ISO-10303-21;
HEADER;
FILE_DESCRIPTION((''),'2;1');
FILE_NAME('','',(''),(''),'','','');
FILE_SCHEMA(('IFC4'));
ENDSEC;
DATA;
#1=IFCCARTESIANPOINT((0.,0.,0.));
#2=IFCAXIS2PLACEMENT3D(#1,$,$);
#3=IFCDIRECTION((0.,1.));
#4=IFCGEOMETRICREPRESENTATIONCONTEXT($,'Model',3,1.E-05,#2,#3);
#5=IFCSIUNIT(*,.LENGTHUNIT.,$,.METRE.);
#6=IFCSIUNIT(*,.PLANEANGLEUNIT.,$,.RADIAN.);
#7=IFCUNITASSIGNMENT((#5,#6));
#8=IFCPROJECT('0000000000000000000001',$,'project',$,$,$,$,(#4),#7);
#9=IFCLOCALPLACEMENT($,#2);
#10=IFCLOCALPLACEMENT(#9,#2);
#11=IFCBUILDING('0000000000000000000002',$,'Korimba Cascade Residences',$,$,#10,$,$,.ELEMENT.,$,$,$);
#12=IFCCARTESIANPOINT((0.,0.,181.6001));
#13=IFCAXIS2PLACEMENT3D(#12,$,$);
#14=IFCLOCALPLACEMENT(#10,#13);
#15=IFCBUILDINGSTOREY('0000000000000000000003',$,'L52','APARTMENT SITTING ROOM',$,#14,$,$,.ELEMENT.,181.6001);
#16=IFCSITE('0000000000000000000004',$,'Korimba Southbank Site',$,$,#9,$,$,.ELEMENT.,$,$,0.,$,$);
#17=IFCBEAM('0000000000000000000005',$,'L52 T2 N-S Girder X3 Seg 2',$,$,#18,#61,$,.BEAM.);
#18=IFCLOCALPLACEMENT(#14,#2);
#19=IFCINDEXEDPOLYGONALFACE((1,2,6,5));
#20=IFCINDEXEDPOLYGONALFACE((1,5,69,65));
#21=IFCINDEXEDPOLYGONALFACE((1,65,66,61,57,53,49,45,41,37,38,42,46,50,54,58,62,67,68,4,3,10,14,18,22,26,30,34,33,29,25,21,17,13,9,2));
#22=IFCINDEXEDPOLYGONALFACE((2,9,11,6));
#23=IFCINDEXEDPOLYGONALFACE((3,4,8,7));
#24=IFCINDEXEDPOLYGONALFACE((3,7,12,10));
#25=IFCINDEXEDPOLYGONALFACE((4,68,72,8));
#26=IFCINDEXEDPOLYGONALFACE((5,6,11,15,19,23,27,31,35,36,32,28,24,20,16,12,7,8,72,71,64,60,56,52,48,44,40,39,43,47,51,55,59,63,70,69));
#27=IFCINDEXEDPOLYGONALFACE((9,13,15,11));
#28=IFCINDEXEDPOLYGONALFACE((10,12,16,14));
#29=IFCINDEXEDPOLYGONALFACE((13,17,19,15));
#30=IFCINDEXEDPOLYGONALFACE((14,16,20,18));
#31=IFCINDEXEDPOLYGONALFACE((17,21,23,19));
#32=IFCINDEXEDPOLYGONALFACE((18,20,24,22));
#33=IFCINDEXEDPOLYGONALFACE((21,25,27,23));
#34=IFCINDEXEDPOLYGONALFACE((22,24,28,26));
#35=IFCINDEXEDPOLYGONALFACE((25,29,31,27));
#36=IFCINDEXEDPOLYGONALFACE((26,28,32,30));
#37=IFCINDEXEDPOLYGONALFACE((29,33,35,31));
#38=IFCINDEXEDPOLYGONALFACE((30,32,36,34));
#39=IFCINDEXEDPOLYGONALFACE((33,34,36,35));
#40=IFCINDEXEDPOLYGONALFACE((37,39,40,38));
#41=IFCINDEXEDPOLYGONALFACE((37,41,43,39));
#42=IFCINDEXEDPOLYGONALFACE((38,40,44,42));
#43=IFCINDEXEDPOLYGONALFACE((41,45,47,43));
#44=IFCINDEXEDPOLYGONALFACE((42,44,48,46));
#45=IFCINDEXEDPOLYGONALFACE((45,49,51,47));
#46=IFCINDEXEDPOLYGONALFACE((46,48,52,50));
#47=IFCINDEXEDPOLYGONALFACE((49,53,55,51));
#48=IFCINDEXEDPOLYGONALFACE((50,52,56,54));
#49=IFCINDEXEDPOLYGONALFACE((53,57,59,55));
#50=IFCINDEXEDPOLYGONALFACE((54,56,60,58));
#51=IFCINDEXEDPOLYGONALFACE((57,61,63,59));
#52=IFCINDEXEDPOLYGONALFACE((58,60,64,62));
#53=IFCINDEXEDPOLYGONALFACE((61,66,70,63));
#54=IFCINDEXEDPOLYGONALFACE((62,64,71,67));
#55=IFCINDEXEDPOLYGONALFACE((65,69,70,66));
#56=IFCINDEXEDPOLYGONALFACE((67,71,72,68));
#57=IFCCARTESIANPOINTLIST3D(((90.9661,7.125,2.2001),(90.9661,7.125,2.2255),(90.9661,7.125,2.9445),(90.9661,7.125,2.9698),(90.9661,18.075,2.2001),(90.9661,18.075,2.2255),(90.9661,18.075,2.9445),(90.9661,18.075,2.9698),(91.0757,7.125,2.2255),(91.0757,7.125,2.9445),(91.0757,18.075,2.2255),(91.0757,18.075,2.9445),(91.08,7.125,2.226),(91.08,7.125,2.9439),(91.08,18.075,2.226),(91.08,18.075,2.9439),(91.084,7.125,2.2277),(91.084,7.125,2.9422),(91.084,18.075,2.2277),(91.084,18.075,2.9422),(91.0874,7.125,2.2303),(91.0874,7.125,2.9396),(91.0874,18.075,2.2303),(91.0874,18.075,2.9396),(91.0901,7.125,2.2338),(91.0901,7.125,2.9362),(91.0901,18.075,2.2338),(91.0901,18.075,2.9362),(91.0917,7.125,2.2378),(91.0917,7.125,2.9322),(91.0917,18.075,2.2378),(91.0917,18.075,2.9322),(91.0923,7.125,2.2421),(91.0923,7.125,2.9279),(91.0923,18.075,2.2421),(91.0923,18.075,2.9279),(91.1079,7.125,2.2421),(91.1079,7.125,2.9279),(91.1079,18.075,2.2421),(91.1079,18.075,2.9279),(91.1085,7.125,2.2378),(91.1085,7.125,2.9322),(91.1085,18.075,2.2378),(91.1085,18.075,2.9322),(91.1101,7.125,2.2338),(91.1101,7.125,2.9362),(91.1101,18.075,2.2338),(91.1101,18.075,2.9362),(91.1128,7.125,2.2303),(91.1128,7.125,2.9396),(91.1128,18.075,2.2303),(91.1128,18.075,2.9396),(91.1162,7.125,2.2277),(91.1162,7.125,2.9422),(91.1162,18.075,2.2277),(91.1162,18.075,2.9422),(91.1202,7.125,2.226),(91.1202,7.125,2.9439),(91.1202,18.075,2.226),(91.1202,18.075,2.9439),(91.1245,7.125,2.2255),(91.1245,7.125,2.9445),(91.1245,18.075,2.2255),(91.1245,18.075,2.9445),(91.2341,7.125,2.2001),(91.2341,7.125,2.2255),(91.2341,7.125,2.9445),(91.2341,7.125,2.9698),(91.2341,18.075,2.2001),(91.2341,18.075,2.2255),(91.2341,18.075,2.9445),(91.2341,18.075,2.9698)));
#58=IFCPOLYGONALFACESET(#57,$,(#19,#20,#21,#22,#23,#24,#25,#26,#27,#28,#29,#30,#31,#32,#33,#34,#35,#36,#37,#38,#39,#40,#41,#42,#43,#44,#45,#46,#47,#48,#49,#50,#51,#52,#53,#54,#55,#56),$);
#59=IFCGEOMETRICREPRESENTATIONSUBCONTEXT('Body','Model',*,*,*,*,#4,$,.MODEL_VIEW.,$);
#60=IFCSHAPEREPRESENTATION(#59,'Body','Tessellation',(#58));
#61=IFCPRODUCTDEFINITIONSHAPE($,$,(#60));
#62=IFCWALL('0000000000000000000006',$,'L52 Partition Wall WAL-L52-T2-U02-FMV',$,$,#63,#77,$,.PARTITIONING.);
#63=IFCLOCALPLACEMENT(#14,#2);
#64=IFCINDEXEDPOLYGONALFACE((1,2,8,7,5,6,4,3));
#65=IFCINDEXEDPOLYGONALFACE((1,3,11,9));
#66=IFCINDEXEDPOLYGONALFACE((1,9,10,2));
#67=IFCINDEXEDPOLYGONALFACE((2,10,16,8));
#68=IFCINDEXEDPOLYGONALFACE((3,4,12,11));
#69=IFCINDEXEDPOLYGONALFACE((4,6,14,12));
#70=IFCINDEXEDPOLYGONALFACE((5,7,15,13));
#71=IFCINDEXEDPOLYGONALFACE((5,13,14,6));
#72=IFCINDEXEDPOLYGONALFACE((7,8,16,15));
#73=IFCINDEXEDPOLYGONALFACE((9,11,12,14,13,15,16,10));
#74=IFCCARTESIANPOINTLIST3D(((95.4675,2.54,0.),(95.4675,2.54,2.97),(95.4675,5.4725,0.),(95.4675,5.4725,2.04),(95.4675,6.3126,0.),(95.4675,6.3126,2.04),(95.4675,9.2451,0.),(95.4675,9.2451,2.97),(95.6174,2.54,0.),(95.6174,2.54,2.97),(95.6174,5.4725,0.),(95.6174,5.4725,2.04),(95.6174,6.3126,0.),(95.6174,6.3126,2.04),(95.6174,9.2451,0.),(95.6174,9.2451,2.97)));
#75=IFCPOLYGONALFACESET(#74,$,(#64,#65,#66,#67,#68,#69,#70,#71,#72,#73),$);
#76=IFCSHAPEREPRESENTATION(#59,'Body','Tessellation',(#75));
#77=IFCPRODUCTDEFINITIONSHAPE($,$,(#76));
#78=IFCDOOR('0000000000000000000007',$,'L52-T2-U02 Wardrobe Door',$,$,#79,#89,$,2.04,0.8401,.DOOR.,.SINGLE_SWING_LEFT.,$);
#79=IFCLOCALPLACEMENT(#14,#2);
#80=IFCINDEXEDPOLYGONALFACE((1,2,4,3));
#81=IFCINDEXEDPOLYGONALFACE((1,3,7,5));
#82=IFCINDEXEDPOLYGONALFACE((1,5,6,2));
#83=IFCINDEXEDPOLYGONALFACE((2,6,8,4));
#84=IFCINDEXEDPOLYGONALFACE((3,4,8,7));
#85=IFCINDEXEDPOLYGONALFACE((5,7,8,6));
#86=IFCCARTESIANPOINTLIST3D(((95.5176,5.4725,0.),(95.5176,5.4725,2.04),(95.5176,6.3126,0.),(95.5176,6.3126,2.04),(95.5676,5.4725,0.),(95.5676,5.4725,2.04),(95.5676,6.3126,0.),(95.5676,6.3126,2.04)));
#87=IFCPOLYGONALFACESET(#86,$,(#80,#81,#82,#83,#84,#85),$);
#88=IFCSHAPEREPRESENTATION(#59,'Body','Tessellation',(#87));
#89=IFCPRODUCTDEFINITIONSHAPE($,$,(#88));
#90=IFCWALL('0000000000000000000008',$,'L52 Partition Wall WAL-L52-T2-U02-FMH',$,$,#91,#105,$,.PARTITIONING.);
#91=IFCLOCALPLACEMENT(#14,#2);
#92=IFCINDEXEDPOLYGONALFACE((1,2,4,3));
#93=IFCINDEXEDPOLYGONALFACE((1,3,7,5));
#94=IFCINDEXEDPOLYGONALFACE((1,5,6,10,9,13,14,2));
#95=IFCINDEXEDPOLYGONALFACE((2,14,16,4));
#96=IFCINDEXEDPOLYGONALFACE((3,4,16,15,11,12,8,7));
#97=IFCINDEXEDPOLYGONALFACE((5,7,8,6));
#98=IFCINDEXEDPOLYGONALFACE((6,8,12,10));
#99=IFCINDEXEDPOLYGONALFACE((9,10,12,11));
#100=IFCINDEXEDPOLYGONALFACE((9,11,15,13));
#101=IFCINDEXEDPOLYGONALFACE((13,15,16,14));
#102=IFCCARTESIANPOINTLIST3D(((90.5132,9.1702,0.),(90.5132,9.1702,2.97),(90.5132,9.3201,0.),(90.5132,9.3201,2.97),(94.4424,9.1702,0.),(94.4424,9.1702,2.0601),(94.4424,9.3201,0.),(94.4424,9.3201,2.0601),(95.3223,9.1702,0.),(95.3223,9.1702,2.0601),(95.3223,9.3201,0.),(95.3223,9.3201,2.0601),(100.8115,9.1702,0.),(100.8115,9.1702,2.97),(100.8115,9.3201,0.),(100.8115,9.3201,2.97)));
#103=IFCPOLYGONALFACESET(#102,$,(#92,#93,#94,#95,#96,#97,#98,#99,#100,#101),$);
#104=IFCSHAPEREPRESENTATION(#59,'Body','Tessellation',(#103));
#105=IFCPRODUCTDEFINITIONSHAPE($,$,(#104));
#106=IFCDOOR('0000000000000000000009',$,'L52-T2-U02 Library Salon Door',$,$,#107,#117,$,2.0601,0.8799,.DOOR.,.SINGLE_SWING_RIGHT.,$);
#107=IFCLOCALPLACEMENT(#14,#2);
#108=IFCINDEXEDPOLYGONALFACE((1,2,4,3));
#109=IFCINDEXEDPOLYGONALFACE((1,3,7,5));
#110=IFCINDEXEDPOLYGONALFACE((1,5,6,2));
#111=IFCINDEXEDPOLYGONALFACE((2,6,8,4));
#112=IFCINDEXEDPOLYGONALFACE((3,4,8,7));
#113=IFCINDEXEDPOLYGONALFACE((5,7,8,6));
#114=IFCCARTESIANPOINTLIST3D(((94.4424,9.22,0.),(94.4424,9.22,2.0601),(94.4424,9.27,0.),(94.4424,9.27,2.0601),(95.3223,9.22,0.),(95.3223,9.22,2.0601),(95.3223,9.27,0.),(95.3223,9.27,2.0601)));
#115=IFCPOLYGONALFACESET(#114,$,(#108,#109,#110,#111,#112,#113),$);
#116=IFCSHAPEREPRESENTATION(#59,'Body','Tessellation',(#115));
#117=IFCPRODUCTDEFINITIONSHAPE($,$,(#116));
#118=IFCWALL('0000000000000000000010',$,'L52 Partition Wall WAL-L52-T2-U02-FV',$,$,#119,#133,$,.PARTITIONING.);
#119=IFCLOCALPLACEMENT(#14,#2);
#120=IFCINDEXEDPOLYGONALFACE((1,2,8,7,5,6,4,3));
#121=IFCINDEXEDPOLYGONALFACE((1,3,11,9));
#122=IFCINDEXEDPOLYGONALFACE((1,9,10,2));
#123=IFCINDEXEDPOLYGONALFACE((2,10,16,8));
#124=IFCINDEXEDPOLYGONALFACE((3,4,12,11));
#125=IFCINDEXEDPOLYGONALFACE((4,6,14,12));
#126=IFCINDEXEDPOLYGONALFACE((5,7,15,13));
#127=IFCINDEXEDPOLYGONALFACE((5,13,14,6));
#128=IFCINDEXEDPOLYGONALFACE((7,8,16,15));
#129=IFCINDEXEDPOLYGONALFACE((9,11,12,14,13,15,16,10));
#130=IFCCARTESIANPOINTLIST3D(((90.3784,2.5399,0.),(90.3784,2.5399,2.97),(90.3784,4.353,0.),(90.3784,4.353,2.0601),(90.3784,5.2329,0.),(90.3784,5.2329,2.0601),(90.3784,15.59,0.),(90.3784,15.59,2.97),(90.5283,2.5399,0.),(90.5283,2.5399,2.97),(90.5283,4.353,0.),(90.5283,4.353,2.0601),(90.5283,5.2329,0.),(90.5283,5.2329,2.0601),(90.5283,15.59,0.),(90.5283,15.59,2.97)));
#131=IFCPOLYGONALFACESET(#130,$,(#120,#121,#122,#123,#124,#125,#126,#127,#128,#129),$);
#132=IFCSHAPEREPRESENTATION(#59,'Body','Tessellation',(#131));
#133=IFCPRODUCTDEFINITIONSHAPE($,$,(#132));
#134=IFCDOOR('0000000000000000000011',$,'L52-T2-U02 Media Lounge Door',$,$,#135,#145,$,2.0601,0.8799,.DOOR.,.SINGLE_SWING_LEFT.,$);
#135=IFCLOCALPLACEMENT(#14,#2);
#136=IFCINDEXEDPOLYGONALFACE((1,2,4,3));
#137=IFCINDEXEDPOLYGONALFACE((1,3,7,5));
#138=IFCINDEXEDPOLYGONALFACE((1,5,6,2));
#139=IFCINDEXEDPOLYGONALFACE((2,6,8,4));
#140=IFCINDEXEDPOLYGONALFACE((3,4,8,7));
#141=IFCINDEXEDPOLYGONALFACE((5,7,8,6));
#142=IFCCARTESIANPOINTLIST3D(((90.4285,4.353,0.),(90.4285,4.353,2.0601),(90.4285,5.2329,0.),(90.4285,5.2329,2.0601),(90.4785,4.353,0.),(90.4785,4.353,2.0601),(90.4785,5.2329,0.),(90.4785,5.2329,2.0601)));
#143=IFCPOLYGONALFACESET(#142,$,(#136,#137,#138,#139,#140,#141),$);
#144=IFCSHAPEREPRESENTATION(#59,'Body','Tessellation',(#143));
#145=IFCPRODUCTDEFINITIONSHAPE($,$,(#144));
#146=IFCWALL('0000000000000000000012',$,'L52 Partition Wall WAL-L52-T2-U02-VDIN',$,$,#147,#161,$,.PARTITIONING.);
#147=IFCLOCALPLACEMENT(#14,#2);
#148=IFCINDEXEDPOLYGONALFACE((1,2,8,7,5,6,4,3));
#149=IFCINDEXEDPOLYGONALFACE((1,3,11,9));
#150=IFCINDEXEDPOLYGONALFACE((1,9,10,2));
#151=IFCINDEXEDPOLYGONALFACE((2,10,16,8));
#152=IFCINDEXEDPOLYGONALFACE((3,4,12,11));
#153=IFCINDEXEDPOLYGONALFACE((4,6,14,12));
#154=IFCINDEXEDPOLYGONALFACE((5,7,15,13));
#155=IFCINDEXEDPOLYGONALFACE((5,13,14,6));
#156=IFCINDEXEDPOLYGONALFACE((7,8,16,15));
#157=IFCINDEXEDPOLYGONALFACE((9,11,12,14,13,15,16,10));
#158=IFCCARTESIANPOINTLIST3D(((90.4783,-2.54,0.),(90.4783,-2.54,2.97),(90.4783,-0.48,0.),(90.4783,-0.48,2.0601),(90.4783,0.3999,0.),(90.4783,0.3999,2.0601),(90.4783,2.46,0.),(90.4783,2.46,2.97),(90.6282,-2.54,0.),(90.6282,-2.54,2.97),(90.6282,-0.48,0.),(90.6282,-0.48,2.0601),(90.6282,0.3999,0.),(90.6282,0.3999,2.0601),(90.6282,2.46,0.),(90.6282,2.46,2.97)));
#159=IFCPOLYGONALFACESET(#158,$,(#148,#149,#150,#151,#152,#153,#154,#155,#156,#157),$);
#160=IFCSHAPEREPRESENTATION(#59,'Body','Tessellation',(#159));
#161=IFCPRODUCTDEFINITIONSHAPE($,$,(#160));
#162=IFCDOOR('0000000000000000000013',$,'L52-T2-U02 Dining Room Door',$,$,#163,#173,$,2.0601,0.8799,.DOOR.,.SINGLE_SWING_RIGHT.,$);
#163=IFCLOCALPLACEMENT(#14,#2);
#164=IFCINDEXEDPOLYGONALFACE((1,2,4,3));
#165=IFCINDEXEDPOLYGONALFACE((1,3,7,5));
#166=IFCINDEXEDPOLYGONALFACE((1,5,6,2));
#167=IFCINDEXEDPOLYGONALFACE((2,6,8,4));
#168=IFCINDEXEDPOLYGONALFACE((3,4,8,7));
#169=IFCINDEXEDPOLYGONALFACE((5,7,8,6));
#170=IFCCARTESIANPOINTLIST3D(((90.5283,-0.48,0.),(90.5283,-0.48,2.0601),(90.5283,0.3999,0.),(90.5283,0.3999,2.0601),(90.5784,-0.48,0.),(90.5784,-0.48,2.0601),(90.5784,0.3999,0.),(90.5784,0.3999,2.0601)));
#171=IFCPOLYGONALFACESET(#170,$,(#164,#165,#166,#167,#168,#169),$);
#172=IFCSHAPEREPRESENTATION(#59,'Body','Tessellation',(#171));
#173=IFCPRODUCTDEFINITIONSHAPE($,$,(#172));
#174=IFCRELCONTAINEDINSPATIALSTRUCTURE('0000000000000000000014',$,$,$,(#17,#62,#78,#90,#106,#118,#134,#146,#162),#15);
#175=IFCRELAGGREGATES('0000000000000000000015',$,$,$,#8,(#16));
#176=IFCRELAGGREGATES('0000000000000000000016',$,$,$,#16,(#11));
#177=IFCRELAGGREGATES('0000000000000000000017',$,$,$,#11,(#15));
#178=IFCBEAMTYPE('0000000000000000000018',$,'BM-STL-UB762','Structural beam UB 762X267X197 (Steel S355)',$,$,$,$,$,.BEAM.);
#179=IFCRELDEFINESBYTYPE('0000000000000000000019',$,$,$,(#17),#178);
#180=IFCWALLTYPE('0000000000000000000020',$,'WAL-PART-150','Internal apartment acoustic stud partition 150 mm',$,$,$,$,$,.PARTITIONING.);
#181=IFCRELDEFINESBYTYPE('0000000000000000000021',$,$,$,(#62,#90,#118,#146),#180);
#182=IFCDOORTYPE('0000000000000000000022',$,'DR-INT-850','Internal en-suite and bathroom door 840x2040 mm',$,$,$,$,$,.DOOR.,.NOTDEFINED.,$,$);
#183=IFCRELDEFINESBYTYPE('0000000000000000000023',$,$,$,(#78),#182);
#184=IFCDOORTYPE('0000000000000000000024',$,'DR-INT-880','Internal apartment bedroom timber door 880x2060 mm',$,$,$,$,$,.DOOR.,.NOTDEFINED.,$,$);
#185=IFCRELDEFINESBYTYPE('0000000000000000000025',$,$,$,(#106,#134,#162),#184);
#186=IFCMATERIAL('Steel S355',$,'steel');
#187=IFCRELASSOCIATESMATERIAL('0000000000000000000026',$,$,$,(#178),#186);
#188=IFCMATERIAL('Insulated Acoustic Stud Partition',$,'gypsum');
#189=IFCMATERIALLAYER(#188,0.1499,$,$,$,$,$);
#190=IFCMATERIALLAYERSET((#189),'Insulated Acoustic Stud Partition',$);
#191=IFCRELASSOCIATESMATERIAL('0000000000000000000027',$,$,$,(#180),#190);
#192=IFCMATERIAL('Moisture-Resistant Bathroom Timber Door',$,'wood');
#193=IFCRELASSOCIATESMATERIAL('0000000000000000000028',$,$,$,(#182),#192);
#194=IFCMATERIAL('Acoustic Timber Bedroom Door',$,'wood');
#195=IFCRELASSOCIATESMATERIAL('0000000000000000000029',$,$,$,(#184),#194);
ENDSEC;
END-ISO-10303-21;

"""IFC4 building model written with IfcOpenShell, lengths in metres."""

from ifc_helpers import new_model, si_unit, direction, frame, frame_2d, origin, origin_2d, place, context, subcontext, project, spatial, rectangle, i_section, extrude, material, layer, layer_set, material_profile, profile_set, type_object, element, fill, save


model = new_model("IFC4")

# Units and contexts
model_context = context("Model", 3, precision=1e-05, world=origin(), true_north=direction((0.0, 1.0)))
body_context = subcontext(model_context, "Body", "Model", "MODEL_VIEW")
ifc_project = project(units=[si_unit("LENGTHUNIT", "METRE"), si_unit("PLANEANGLEUNIT", "RADIAN")], contexts=[model_context])

# Site, building, storey
site_placement = place(None, origin())
site = spatial("IfcSite", under=ifc_project, at=site_placement, Name="Korimba Southbank Site", CompositionType="ELEMENT", RefElevation=0.0)
building_placement = place(site_placement, origin())
building = spatial("IfcBuilding", under=site, at=building_placement, Name="Korimba Cascade Residences", CompositionType="ELEMENT")
storey_placement = place(building_placement, frame((0.0, 0.0, 181.6001)))
storey = spatial("IfcBuildingStorey", under=building, at=storey_placement, Name="L52", Description="APARTMENT SITTING ROOM", CompositionType="ELEMENT", Elevation=181.6001)

# Beam
ifc_material_1 = material(Name="Steel S355", Category="steel")
ifc_material_profile_1 = material_profile(ifc_material_1, i_section(OverallWidth=0.2681, OverallDepth=0.7698, WebThickness=0.0156, FlangeThickness=0.0254, FilletRadius=0.0166, at=origin_2d()), Name="Steel S355")
ifc_profile_set_1 = profile_set([ifc_material_profile_1], Name="Steel S355")
beam_type_1 = type_object("IfcBeamType", Name="BM-STL-UB762", Description="Structural beam UB 762X267X197 (Steel S355)", PredefinedType="BEAM", material=ifc_profile_set_1)
for number, where, z_axis, x_axis, name in (
    (1, (91.1001, 7.125, 2.585), (0.0, 1.0, 0.0), (-1.0, 0.0, 0.0), "L52 T2 N-S Girder X3 Seg 2"),
):
    element("IfcBeam", number, at=place(storey_placement, frame(where, z_axis=z_axis, x_axis=x_axis)), inside=storey, type_object=beam_type_1, Name=name, PredefinedType="BEAM", context=body_context, shape_type="SweptSolid", body=[
        extrude(i_section(OverallWidth=0.2681, OverallDepth=0.7698, WebThickness=0.0156, FlangeThickness=0.0254, FilletRadius=0.0166, at=origin_2d()), origin(), (0.0, 0.0, 1.0), 10.95),
    ])

# Walls, openings, doors
ifc_material_2 = material(Name="Insulated Acoustic Stud Partition", Category="gypsum")
ifc_layer = layer(ifc_material_2, 0.1499)
ifc_layer_set = layer_set([ifc_layer], Name="Insulated Acoustic Stud Partition")
wall_type = type_object("IfcWallType", Name="WAL-PART-150", Description="Internal apartment acoustic stud partition 150 mm", PredefinedType="PARTITIONING", material=ifc_layer_set)
wall_1_placement = place(storey_placement, frame((95.5425, 2.54, 0.0), z_axis=(0.0, 0.0, 1.0), x_axis=(0.0, 1.0, 0.0)))
wall_1 = element("IfcWall", 2, at=wall_1_placement, inside=storey, type_object=wall_type, Name="L52 Partition Wall WAL-L52-T2-U02-FMV", PredefinedType="PARTITIONING", context=body_context, shape_type="SweptSolid", body=[
    extrude(rectangle(XDim=6.7051, YDim=0.1499, at=frame_2d((3.3525, 0.0))), origin(), (0.0, 0.0, 1.0), 2.97),
])
opening_1_placement = place(wall_1_placement, frame((2.9326, 0.0, 0.0)))
opening_1 = element("IfcOpeningElement", 3, at=opening_1_placement, cuts=wall_1, PredefinedType="OPENING", context=body_context, shape_type="SweptSolid", body=[
    extrude(rectangle(XDim=0.8401, YDim=2.04, at=frame_2d((0.4199, 1.02))), frame((0.0, 0.085, 0.0), z_axis=(0.0, -1.0, 0.0), x_axis=(1.0, 0.0, 0.0)), (0.0, 0.0, 1.0), 0.1699),
])
ifc_material_3 = material(Name="Moisture-Resistant Bathroom Timber Door", Category="wood")
door_type_1 = type_object("IfcDoorType", Name="DR-INT-850", Description="Internal en-suite and bathroom door 840x2040 mm", OperationType="NOTDEFINED", PredefinedType="DOOR", material=ifc_material_3)
door_1_placement = place(opening_1_placement, origin())
door_1 = element("IfcDoor", 4, at=door_1_placement, inside=storey, type_object=door_type_1, Name="L52-T2-U02 Wardrobe Door", OperationType="SINGLE_SWING_LEFT", OverallHeight=2.04, OverallWidth=0.8401, PredefinedType="DOOR", context=body_context, shape_type="SweptSolid", body=[
    extrude(rectangle(XDim=0.8401, YDim=2.04, at=frame_2d((0.4199, 1.02))), frame((0.0, 0.0249, 0.0), z_axis=(0.0, -1.0, 0.0), x_axis=(1.0, 0.0, 0.0)), (0.0, 0.0, 1.0), 0.05),
])
fill(opening_1, door_1)
wall_2_placement = place(storey_placement, frame((90.5132, 9.2451, 0.0), z_axis=(0.0, 0.0, 1.0), x_axis=(1.0, 0.0, 0.0)))
wall_2 = element("IfcWall", 5, at=wall_2_placement, inside=storey, type_object=wall_type, Name="L52 Partition Wall WAL-L52-T2-U02-FMH", PredefinedType="PARTITIONING", context=body_context, shape_type="SweptSolid", body=[
    extrude(rectangle(XDim=10.2983, YDim=0.1499, at=frame_2d((5.1492, 0.0))), origin(), (0.0, 0.0, 1.0), 2.97),
])
opening_2_placement = place(wall_2_placement, frame((3.9292, 0.0, 0.0)))
opening_2 = element("IfcOpeningElement", 6, at=opening_2_placement, cuts=wall_2, PredefinedType="OPENING", context=body_context, shape_type="SweptSolid", body=[
    extrude(rectangle(XDim=0.8799, YDim=2.0601, at=frame_2d((0.4399, 1.03))), frame((0.0, 0.085, 0.0), z_axis=(0.0, -1.0, 0.0), x_axis=(1.0, 0.0, 0.0)), (0.0, 0.0, 1.0), 0.1699),
])
ifc_material_4 = material(Name="Acoustic Timber Bedroom Door", Category="wood")
door_type_2 = type_object("IfcDoorType", Name="DR-INT-880", Description="Internal apartment bedroom timber door 880x2060 mm", OperationType="NOTDEFINED", PredefinedType="DOOR", material=ifc_material_4)
door_2_placement = place(opening_2_placement, origin())
door_2 = element("IfcDoor", 7, at=door_2_placement, inside=storey, type_object=door_type_2, Name="L52-T2-U02 Library Salon Door", OperationType="SINGLE_SWING_RIGHT", OverallHeight=2.0601, OverallWidth=0.8799, PredefinedType="DOOR", context=body_context, shape_type="SweptSolid", body=[
    extrude(rectangle(XDim=0.8799, YDim=2.0601, at=frame_2d((0.4399, 1.03))), frame((0.0, 0.0249, 0.0), z_axis=(0.0, -1.0, 0.0), x_axis=(1.0, 0.0, 0.0)), (0.0, 0.0, 1.0), 0.05),
])
fill(opening_2, door_2)
wall_3_placement = place(storey_placement, frame((90.4534, 2.54, 0.0), z_axis=(0.0, 0.0, 1.0), x_axis=(0.0, 1.0, 0.0)))
wall_3 = element("IfcWall", 8, at=wall_3_placement, inside=storey, type_object=wall_type, Name="L52 Partition Wall WAL-L52-T2-U02-FV", PredefinedType="PARTITIONING", context=body_context, shape_type="SweptSolid", body=[
    extrude(rectangle(XDim=13.05, YDim=0.1499, at=frame_2d((6.5249, 0.0))), origin(), (0.0, 0.0, 1.0), 2.97),
])
opening_3_placement = place(wall_3_placement, frame((1.813, 0.0, 0.0)))
opening_3 = element("IfcOpeningElement", 9, at=opening_3_placement, cuts=wall_3, PredefinedType="OPENING", context=body_context, shape_type="SweptSolid", body=[
    extrude(rectangle(XDim=0.8799, YDim=2.0601, at=frame_2d((0.4399, 1.03))), frame((0.0, 0.085, 0.0), z_axis=(0.0, -1.0, 0.0), x_axis=(1.0, 0.0, 0.0)), (0.0, 0.0, 1.0), 0.1699),
])
door_3_placement = place(opening_3_placement, origin())
door_3 = element("IfcDoor", 10, at=door_3_placement, inside=storey, type_object=door_type_2, Name="L52-T2-U02 Media Lounge Door", OperationType="SINGLE_SWING_LEFT", OverallHeight=2.0601, OverallWidth=0.8799, PredefinedType="DOOR", context=body_context, shape_type="SweptSolid", body=[
    extrude(rectangle(XDim=0.8799, YDim=2.0601, at=frame_2d((0.4399, 1.03))), frame((0.0, 0.0249, 0.0), z_axis=(0.0, -1.0, 0.0), x_axis=(1.0, 0.0, 0.0)), (0.0, 0.0, 1.0), 0.05),
])
fill(opening_3, door_3)
wall_4_placement = place(storey_placement, frame((90.5532, -2.54, 0.0), z_axis=(0.0, 0.0, 1.0), x_axis=(0.0, 1.0, 0.0)))
wall_4 = element("IfcWall", 11, at=wall_4_placement, inside=storey, type_object=wall_type, Name="L52 Partition Wall WAL-L52-T2-U02-VDIN", PredefinedType="PARTITIONING", context=body_context, shape_type="SweptSolid", body=[
    extrude(rectangle(XDim=5.0, YDim=0.1499, at=frame_2d((2.5, 0.0))), origin(), (0.0, 0.0, 1.0), 2.97),
])
opening_4_placement = place(wall_4_placement, frame((2.0601, 0.0, 0.0)))
opening_4 = element("IfcOpeningElement", 12, at=opening_4_placement, cuts=wall_4, PredefinedType="OPENING", context=body_context, shape_type="SweptSolid", body=[
    extrude(rectangle(XDim=0.8799, YDim=2.0601, at=frame_2d((0.4399, 1.03))), frame((0.0, 0.085, 0.0), z_axis=(0.0, -1.0, 0.0), x_axis=(1.0, 0.0, 0.0)), (0.0, 0.0, 1.0), 0.1699),
])
door_4_placement = place(opening_4_placement, origin())
door_4 = element("IfcDoor", 13, at=door_4_placement, inside=storey, type_object=door_type_2, Name="L52-T2-U02 Dining Room Door", OperationType="SINGLE_SWING_RIGHT", OverallHeight=2.0601, OverallWidth=0.8799, PredefinedType="DOOR", context=body_context, shape_type="SweptSolid", body=[
    extrude(rectangle(XDim=0.8799, YDim=2.0601, at=frame_2d((0.4399, 1.03))), frame((0.0, 0.0249, 0.0), z_axis=(0.0, -1.0, 0.0), x_axis=(1.0, 0.0, 0.0)), (0.0, 0.0, 1.0), 0.05),
])
fill(opening_4, door_4)

save(model, "model.ifc")
